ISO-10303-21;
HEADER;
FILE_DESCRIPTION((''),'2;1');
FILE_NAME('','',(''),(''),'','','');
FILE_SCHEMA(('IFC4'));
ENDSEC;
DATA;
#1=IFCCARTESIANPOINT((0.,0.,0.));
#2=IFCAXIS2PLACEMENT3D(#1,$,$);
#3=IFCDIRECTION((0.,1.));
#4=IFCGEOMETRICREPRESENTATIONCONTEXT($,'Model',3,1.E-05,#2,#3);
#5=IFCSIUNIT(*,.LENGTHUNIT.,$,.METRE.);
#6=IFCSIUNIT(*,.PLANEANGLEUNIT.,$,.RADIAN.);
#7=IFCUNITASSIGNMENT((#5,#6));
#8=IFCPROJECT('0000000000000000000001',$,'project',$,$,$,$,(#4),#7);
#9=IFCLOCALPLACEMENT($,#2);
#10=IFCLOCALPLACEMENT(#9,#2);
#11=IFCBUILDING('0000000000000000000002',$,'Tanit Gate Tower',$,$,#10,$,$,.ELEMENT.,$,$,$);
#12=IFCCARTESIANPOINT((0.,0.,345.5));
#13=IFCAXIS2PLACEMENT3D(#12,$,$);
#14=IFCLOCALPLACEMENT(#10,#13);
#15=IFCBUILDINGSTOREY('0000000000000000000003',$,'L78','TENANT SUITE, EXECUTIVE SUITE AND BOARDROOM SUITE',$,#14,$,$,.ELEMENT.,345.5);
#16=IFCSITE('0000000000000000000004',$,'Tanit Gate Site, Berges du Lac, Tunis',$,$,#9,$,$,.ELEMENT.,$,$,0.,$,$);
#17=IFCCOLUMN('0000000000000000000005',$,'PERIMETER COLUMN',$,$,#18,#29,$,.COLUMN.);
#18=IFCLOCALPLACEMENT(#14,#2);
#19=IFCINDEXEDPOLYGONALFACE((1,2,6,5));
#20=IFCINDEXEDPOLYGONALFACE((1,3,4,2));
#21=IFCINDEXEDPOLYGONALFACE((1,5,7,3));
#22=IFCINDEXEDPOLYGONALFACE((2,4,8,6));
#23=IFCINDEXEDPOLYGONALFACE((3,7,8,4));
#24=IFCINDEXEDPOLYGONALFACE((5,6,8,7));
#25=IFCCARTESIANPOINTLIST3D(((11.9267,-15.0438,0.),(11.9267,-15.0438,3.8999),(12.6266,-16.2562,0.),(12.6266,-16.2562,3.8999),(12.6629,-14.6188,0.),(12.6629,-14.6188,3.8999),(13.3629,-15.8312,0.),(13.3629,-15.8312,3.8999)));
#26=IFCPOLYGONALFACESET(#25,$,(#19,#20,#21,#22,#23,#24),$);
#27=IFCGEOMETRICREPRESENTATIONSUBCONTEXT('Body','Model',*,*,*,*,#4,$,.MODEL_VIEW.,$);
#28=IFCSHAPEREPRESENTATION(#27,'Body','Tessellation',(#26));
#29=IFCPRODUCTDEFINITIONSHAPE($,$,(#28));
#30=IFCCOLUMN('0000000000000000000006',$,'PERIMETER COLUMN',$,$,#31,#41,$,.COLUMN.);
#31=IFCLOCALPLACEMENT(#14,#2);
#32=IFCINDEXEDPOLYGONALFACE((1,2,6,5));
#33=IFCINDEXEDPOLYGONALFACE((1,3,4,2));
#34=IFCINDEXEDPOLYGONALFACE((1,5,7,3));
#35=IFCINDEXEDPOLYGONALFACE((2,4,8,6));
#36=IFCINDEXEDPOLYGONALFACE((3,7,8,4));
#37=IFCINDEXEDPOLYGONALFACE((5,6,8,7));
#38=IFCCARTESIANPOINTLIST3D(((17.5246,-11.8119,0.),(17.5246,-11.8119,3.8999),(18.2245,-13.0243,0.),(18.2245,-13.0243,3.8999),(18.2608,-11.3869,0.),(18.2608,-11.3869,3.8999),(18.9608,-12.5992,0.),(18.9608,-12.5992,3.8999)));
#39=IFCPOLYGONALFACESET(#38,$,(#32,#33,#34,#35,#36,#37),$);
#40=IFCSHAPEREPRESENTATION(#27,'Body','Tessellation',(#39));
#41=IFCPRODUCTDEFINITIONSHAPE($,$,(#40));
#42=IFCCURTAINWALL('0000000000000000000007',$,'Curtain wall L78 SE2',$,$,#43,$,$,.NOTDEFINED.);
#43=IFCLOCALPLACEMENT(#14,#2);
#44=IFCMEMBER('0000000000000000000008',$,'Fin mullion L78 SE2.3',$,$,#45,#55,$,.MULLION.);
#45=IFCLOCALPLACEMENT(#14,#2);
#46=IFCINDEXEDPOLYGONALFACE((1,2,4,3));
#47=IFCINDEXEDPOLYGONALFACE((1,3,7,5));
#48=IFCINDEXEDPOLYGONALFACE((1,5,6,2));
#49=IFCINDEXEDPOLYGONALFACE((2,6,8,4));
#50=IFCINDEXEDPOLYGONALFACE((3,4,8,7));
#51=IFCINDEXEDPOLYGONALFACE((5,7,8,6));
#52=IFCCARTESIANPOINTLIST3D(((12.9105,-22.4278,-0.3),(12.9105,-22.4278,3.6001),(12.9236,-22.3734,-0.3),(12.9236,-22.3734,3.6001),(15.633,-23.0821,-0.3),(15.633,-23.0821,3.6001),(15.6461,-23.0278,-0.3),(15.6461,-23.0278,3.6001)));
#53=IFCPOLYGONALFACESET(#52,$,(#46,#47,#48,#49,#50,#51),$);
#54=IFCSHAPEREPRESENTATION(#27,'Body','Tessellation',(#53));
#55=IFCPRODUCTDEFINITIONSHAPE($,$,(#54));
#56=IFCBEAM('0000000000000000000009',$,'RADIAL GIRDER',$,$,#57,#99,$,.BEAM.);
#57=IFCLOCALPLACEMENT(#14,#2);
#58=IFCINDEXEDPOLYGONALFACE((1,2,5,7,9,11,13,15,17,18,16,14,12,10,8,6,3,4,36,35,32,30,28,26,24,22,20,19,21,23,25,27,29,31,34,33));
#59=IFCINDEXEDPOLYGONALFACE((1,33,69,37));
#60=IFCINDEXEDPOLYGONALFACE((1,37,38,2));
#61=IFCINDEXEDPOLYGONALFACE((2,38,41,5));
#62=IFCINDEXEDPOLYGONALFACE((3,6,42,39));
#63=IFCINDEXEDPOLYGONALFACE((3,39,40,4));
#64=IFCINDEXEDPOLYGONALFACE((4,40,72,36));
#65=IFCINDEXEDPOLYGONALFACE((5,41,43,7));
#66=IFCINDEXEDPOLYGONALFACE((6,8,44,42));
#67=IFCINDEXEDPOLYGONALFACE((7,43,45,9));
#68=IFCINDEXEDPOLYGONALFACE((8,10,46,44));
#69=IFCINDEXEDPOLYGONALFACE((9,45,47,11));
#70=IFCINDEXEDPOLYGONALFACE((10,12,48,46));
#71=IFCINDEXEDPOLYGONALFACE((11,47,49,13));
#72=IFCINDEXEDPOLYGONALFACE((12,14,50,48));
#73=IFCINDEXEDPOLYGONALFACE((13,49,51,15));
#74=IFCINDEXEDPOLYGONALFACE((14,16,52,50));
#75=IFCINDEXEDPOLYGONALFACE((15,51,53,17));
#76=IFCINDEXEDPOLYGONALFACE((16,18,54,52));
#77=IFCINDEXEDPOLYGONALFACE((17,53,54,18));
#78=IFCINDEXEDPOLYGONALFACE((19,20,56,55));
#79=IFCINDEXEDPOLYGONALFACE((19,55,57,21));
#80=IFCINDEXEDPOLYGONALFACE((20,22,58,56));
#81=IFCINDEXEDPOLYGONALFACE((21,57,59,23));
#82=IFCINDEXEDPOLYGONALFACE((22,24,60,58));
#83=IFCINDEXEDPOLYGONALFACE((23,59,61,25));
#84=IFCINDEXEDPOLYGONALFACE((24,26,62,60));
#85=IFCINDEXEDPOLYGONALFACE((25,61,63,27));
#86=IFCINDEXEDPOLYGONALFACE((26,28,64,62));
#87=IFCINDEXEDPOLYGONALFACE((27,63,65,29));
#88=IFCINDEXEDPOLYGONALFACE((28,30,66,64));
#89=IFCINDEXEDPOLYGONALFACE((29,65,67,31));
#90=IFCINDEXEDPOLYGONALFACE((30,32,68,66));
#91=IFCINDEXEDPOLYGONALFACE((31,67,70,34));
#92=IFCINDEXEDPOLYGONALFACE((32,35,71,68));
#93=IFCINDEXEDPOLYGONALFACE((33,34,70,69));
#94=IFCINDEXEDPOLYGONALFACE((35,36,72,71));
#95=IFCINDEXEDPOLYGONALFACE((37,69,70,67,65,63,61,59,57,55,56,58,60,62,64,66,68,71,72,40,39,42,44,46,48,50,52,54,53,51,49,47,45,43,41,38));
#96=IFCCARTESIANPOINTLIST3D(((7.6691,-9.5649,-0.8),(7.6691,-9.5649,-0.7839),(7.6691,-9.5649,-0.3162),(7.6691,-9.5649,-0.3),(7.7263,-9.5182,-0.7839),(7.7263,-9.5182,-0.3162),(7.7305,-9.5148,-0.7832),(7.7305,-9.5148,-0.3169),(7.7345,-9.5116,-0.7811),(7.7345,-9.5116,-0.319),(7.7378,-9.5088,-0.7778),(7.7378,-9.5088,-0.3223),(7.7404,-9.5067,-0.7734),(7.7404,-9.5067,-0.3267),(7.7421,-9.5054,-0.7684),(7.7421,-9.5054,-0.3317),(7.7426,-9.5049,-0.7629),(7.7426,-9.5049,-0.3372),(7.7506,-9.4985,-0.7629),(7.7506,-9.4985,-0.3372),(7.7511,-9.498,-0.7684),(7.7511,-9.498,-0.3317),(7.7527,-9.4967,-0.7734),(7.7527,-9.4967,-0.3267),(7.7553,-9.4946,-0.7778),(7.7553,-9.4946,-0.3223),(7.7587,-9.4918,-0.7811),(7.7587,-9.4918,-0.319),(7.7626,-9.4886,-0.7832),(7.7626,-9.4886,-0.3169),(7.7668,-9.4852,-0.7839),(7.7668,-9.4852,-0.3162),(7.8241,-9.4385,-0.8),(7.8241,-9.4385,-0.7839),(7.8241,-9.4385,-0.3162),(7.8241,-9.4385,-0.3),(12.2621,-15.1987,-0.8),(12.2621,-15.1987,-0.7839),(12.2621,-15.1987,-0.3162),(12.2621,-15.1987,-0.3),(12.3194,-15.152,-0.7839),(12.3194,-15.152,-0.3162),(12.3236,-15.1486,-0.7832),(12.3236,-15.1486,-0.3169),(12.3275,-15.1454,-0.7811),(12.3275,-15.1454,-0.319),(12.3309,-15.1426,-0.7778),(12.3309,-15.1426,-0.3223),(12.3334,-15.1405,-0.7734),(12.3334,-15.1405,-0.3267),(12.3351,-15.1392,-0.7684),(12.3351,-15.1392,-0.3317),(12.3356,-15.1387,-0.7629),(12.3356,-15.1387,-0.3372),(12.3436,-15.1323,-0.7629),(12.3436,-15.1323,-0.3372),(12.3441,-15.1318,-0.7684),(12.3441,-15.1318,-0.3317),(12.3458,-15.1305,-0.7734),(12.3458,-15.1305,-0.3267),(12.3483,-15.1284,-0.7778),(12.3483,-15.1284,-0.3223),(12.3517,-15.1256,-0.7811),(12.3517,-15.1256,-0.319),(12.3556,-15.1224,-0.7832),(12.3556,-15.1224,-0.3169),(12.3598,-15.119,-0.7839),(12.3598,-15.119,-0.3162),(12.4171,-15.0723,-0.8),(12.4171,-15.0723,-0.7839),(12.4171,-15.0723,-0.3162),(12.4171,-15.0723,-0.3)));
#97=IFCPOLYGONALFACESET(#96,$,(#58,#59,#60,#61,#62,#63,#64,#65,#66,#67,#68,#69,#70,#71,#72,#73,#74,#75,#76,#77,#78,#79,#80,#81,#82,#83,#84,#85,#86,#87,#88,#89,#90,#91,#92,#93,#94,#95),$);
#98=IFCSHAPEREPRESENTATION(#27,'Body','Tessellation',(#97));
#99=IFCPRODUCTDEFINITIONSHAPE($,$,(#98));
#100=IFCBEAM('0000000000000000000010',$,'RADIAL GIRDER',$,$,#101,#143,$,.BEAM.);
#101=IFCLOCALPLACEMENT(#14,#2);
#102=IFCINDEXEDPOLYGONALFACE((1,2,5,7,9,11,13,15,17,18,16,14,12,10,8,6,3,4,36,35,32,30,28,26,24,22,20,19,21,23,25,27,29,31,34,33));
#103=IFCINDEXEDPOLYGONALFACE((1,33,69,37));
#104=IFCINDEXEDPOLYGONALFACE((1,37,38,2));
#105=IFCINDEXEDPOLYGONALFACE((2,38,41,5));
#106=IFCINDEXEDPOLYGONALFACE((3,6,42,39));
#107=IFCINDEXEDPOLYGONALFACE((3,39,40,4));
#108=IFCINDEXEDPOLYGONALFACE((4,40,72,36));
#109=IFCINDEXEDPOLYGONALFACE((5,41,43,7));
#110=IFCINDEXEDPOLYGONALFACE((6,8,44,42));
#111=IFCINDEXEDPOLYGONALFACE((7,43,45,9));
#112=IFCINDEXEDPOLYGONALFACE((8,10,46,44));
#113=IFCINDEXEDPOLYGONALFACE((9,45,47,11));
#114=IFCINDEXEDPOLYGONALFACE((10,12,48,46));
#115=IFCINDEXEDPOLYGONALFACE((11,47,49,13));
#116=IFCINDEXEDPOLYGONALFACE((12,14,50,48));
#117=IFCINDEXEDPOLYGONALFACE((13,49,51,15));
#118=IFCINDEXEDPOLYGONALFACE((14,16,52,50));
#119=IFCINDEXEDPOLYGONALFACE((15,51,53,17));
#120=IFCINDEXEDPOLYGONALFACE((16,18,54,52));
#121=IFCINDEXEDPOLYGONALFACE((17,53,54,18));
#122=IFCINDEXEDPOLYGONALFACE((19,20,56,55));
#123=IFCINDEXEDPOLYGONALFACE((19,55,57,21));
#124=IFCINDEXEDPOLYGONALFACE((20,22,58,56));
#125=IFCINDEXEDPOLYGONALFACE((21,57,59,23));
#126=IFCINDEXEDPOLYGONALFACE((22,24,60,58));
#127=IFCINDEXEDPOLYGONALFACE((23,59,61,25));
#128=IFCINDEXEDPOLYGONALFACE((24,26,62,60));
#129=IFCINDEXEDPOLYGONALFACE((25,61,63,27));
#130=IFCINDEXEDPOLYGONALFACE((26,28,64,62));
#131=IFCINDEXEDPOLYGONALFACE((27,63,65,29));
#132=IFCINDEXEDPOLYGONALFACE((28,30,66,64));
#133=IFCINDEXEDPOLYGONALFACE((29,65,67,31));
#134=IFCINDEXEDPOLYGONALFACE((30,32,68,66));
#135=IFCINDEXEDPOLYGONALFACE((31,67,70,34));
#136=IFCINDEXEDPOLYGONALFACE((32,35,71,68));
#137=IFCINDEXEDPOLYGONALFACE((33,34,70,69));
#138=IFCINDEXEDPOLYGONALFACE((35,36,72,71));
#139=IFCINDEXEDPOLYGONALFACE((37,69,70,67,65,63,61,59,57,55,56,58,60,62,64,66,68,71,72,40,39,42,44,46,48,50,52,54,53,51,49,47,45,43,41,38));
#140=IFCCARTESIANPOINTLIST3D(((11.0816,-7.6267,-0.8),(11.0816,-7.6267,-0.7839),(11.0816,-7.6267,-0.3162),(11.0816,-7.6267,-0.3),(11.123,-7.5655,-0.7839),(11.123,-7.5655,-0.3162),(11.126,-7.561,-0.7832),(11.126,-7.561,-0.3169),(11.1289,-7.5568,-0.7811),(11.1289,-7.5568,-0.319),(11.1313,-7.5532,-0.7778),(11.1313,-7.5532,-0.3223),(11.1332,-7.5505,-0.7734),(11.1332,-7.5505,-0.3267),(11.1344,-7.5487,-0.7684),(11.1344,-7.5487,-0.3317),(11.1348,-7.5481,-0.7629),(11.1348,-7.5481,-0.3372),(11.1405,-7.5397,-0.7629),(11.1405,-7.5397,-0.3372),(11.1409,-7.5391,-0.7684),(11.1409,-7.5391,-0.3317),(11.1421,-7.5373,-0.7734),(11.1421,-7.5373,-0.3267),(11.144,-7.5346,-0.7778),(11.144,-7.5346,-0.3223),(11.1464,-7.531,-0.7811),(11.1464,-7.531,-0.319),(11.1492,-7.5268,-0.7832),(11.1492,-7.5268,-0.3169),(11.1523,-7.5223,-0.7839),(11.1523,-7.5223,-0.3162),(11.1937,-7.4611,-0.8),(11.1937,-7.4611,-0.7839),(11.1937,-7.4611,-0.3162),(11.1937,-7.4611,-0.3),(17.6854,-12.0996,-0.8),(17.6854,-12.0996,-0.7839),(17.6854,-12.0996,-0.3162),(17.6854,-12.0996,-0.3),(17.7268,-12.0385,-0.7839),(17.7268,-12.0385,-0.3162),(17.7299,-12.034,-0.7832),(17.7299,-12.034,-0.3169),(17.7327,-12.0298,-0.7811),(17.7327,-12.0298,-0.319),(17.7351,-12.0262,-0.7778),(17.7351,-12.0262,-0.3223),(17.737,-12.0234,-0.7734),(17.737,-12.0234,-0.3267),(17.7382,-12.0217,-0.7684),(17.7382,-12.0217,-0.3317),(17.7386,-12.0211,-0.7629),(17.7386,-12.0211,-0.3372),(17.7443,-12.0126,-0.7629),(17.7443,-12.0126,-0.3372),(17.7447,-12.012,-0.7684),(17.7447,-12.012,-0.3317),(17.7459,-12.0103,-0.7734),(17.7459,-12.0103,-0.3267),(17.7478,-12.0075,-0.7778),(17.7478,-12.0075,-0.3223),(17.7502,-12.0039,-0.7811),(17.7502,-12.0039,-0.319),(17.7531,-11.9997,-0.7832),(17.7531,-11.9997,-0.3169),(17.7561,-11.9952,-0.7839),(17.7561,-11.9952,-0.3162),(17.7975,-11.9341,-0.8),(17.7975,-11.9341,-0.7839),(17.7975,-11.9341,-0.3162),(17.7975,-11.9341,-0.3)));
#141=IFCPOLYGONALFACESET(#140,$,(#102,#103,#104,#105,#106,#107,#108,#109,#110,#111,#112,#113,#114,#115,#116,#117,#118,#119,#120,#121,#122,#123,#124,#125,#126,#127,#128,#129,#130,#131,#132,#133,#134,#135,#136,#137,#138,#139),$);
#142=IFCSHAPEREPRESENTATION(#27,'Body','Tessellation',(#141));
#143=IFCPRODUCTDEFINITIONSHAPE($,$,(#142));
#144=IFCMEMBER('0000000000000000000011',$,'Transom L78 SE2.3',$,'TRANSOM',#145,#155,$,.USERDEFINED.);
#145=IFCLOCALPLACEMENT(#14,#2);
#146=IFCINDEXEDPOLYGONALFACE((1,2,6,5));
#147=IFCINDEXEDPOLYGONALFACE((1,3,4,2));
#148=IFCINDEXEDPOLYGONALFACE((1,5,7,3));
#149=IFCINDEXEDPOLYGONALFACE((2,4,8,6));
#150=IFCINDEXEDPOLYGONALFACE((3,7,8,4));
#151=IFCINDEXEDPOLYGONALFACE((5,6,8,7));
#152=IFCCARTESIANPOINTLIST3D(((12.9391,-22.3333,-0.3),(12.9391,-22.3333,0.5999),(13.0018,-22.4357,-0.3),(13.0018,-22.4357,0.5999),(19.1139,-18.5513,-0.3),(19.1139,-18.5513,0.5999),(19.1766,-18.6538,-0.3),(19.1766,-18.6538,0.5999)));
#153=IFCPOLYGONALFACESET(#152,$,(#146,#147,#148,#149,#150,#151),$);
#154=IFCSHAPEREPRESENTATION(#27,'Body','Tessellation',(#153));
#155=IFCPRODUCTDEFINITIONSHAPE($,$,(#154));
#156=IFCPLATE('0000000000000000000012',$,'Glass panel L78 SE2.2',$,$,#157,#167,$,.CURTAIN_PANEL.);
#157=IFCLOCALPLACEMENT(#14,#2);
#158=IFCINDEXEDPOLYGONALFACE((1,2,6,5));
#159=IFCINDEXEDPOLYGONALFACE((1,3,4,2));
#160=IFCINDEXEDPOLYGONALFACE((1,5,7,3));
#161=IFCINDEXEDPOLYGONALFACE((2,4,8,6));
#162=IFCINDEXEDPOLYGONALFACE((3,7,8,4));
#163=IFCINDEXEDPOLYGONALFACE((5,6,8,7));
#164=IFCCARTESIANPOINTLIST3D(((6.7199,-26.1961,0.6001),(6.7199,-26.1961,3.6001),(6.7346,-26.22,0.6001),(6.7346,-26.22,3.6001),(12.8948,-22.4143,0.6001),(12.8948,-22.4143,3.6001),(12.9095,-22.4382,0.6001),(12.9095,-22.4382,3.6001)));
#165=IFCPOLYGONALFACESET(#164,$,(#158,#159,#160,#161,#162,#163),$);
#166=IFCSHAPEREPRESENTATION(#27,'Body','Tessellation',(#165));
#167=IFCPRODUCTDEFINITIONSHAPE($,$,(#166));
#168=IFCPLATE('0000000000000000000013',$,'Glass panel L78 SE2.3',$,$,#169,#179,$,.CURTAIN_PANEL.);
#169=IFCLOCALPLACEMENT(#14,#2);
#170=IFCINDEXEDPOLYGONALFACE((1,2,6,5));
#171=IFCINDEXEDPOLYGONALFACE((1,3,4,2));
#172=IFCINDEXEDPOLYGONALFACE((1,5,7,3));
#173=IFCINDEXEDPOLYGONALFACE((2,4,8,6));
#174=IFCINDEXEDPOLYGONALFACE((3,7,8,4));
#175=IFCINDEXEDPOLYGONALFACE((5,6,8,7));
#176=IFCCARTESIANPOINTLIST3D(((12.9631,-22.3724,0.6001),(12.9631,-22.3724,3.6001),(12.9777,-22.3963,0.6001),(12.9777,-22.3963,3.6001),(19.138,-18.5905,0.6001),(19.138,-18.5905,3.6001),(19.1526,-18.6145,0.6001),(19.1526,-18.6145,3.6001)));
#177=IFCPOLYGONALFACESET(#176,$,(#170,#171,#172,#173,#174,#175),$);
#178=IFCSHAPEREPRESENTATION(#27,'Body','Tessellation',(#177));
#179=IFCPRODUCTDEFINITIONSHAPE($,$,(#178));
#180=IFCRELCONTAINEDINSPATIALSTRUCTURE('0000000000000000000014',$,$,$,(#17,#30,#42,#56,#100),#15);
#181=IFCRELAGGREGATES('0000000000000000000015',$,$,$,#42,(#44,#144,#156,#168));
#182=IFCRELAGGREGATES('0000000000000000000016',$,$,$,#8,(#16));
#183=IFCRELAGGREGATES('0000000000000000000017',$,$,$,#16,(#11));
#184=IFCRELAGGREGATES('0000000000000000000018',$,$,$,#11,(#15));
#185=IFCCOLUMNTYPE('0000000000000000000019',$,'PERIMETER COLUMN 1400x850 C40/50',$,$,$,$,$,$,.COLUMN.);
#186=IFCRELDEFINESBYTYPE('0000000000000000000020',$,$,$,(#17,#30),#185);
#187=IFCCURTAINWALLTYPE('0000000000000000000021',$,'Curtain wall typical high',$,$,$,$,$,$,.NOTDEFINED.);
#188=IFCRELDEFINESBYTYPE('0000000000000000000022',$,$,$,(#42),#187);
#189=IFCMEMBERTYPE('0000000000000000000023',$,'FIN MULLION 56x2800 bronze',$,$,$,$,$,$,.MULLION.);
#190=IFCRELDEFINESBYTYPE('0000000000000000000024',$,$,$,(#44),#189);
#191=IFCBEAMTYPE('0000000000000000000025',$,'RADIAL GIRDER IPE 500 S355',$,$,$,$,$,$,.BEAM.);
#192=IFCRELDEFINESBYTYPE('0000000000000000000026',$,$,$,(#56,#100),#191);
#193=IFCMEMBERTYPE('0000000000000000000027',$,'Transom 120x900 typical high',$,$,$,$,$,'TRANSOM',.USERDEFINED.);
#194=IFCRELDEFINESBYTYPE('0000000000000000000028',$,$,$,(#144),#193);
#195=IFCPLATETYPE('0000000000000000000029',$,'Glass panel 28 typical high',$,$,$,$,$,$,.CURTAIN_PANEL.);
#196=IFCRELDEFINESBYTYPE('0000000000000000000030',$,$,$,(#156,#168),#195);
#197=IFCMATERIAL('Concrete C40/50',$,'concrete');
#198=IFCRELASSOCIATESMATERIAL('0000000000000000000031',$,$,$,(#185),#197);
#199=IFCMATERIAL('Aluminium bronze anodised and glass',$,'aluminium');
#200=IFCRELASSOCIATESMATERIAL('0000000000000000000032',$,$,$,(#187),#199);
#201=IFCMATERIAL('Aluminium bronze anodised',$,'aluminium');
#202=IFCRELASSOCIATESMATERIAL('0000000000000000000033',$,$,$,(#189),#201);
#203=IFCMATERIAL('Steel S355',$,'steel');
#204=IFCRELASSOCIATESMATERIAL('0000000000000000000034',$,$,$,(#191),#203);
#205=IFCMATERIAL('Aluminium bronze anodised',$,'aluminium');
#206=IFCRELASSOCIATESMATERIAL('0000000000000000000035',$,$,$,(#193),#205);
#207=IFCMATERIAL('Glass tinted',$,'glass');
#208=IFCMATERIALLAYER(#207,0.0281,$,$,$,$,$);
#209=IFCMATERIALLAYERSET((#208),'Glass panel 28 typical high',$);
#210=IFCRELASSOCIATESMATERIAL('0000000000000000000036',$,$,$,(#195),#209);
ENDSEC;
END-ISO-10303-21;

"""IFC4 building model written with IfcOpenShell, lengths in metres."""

from ifc_helpers import new_model, si_unit, direction, frame, origin, origin_2d, place, context, subcontext, project, spatial, rectangle, i_section, extrude, material, layer, layer_set, material_profile, profile_set, type_object, element, aggregate, save


model = new_model("IFC4")

# Units and contexts
model_context = context("Model", 3, precision=1e-05, world=origin(), true_north=direction((0.0, 1.0)))
body_context = subcontext(model_context, "Body", "Model", "MODEL_VIEW")
ifc_project = project(units=[si_unit("LENGTHUNIT", "METRE"), si_unit("PLANEANGLEUNIT", "RADIAN")], contexts=[model_context])

# Site, building, storey
site_placement = place(None, origin())
site = spatial("IfcSite", under=ifc_project, at=site_placement, Name="Tanit Gate Site, Berges du Lac, Tunis", CompositionType="ELEMENT", RefElevation=0.0)
building_placement = place(site_placement, origin())
building = spatial("IfcBuilding", under=site, at=building_placement, Name="Tanit Gate Tower", CompositionType="ELEMENT")
storey_placement = place(building_placement, frame((0.0, 0.0, 345.5)))
storey = spatial("IfcBuildingStorey", under=building, at=storey_placement, Name="L78", Description="TENANT SUITE, EXECUTIVE SUITE AND BOARDROOM SUITE", CompositionType="ELEMENT", Elevation=345.5)

# Columns
ifc_material_1 = material(Name="Concrete C40/50", Category="concrete")
ifc_material_profile_1 = material_profile(ifc_material_1, rectangle(XDim=1.3999, YDim=0.8501, at=origin_2d()), Name="RC 1400x850")
ifc_profile_set_1 = profile_set([ifc_material_profile_1], Name="Concrete C40/50")
column_type = type_object("IfcColumnType", Name="PERIMETER COLUMN 1400x850 C40/50", PredefinedType="COLUMN", material=ifc_profile_set_1)
for number, where, z_axis, x_axis, name in (
    (1, (12.6448, -15.4375, 0.0), (0.0, 0.0, 1.0), (0.5, -0.866025, 0.0), "PERIMETER COLUMN"),
    (2, (18.2427, -12.2056, 0.0), (0.0, 0.0, 1.0), (0.5, -0.866025, 0.0), "PERIMETER COLUMN"),
):
    element("IfcColumn", number, at=place(storey_placement, frame(where, z_axis=z_axis, x_axis=x_axis)), inside=storey, type_object=column_type, Name=name, PredefinedType="COLUMN", context=body_context, shape_type="SweptSolid", body=[
        extrude(rectangle(XDim=1.3999, YDim=0.8501, at=origin_2d()), origin(), (0.0, 0.0, 1.0), 3.8999),
    ])

# Curtain wall, member
ifc_material_2 = material(Name="Aluminium bronze anodised and glass", Category="aluminium")
curtain_wall_type = type_object("IfcCurtainWallType", Name="Curtain wall typical high", PredefinedType="NOTDEFINED", material=ifc_material_2)
curtain_wall_placement = place(storey_placement, origin())
curtain_wall = element("IfcCurtainWall", 3, at=curtain_wall_placement, inside=storey, type_object=curtain_wall_type, Name="Curtain wall L78 SE2", PredefinedType="NOTDEFINED")
ifc_material_3 = material(Name="Aluminium bronze anodised", Category="aluminium")
ifc_material_profile_2 = material_profile(ifc_material_3, rectangle(XDim=2.8, YDim=0.0559, at=origin_2d()), Name="56x2800 bronze fin mullion")
ifc_profile_set_2 = profile_set([ifc_material_profile_2], Name="Aluminium bronze anodised")
member_type_1 = type_object("IfcMemberType", Name="FIN MULLION 56x2800 bronze", PredefinedType="MULLION", material=ifc_profile_set_2)
member_1_placement = place(storey_placement, frame((14.2783, -22.7278, -0.3), z_axis=(0.0, 0.0, 1.0), x_axis=(-0.972311, 0.233691, 0.0)))
member_1 = element("IfcMember", 4, at=member_1_placement, type_object=member_type_1, Name="Fin mullion L78 SE2.3", PredefinedType="MULLION", context=body_context, shape_type="SweptSolid", body=[
    extrude(rectangle(XDim=2.8, YDim=0.0559, at=origin_2d()), origin(), (0.0, 0.0, 1.0), 3.9001),
])

# Beams
ifc_material_4 = material(Name="Steel S355", Category="steel")
ifc_material_profile_3 = material_profile(ifc_material_4, i_section(OverallWidth=0.2, OverallDepth=0.5, WebThickness=0.0103, FlangeThickness=0.0161, FilletRadius=0.021, at=origin_2d()), Name="IPE 500")
ifc_profile_set_3 = profile_set([ifc_material_profile_3], Name="Steel S355")
beam_type = type_object("IfcBeamType", Name="RADIAL GIRDER IPE 500 S355", PredefinedType="BEAM", material=ifc_profile_set_3)
beam_1_placement = place(storey_placement, frame((12.3396, -15.1355, -0.55), z_axis=(-0.631882, 0.775065, 0.0), x_axis=(-0.775065, -0.631882, 0.0)))
element("IfcBeam", 5, at=beam_1_placement, inside=storey, type_object=beam_type, Name="RADIAL GIRDER", PredefinedType="BEAM", context=body_context, shape_type="SweptSolid", body=[
    extrude(i_section(OverallWidth=0.2, OverallDepth=0.5, WebThickness=0.0103, FlangeThickness=0.0161, FilletRadius=0.021, at=origin_2d()), origin(), (0.0, 0.0, 1.0), 7.2688),
])
beam_2_placement = place(storey_placement, frame((17.7415, -12.0168, -0.55), z_axis=(-0.827954, 0.560795, 0.0), x_axis=(-0.560795, -0.827954, 0.0)))
element("IfcBeam", 6, at=beam_2_placement, inside=storey, type_object=beam_type, Name="RADIAL GIRDER", PredefinedType="BEAM", context=body_context, shape_type="SweptSolid", body=[
    extrude(i_section(OverallWidth=0.2, OverallDepth=0.5, WebThickness=0.0103, FlangeThickness=0.0161, FilletRadius=0.021, at=origin_2d()), origin(), (0.0, 0.0, 1.0), 7.9761),
])

# Member
ifc_material_5 = material(Name="Aluminium bronze anodised", Category="aluminium")
ifc_material_profile_4 = material_profile(ifc_material_5, rectangle(XDim=0.1201, YDim=0.8999, at=origin_2d()), Name="120x900 bronze transom")
ifc_profile_set_4 = profile_set([ifc_material_profile_4], Name="Aluminium bronze anodised")
member_type_2 = type_object("IfcMemberType", Name="Transom 120x900 typical high", ElementType="TRANSOM", PredefinedType="USERDEFINED", material=ifc_profile_set_4)
member_2_placement = place(storey_placement, frame((12.9705, -22.3845, 0.1499), z_axis=(0.85276, 0.522303, 0.0), x_axis=(-0.522303, 0.85276, 0.0)))
member_2 = element("IfcMember", 7, at=member_2_placement, type_object=member_type_2, Name="Transom L78 SE2.3", ObjectType="TRANSOM", PredefinedType="USERDEFINED", context=body_context, shape_type="SweptSolid", body=[
    extrude(rectangle(XDim=0.1201, YDim=0.8999, at=origin_2d()), origin(), (0.0, 0.0, 1.0), 7.241),
])

# Plates
ifc_material_6 = material(Name="Glass tinted", Category="glass")
ifc_layer_1 = layer(ifc_material_6, 0.0281)
ifc_layer_set_1 = layer_set([ifc_layer_1], Name="Glass panel 28 typical high")
plate_type = type_object("IfcPlateType", Name="Glass panel 28 typical high", PredefinedType="CURTAIN_PANEL", material=ifc_layer_set_1)
plate_1_placement = place(storey_placement, frame((9.8147, -24.3171, 0.6001), z_axis=(0.0, 0.0, 1.0), x_axis=(0.852772, 0.522283, 0.0)))
plate_1 = element("IfcPlate", 8, at=plate_1_placement, type_object=plate_type, Name="Glass panel L78 SE2.2", PredefinedType="CURTAIN_PANEL", context=body_context, shape_type="SweptSolid", body=[
    extrude(rectangle(XDim=7.241, YDim=0.0281, at=origin_2d()), origin(), (0.0, 0.0, 1.0), 3.0),
])
plate_2_placement = place(storey_placement, frame((16.0579, -20.4934, 0.6001), z_axis=(0.0, 0.0, 1.0), x_axis=(0.852772, 0.522283, 0.0)))
plate_2 = element("IfcPlate", 9, at=plate_2_placement, type_object=plate_type, Name="Glass panel L78 SE2.3", PredefinedType="CURTAIN_PANEL", context=body_context, shape_type="SweptSolid", body=[
    extrude(rectangle(XDim=7.241, YDim=0.0281, at=origin_2d()), origin(), (0.0, 0.0, 1.0), 3.0),
])
aggregate(curtain_wall, [member_1, member_2, plate_1, plate_2])

save(model, "model.ifc")
